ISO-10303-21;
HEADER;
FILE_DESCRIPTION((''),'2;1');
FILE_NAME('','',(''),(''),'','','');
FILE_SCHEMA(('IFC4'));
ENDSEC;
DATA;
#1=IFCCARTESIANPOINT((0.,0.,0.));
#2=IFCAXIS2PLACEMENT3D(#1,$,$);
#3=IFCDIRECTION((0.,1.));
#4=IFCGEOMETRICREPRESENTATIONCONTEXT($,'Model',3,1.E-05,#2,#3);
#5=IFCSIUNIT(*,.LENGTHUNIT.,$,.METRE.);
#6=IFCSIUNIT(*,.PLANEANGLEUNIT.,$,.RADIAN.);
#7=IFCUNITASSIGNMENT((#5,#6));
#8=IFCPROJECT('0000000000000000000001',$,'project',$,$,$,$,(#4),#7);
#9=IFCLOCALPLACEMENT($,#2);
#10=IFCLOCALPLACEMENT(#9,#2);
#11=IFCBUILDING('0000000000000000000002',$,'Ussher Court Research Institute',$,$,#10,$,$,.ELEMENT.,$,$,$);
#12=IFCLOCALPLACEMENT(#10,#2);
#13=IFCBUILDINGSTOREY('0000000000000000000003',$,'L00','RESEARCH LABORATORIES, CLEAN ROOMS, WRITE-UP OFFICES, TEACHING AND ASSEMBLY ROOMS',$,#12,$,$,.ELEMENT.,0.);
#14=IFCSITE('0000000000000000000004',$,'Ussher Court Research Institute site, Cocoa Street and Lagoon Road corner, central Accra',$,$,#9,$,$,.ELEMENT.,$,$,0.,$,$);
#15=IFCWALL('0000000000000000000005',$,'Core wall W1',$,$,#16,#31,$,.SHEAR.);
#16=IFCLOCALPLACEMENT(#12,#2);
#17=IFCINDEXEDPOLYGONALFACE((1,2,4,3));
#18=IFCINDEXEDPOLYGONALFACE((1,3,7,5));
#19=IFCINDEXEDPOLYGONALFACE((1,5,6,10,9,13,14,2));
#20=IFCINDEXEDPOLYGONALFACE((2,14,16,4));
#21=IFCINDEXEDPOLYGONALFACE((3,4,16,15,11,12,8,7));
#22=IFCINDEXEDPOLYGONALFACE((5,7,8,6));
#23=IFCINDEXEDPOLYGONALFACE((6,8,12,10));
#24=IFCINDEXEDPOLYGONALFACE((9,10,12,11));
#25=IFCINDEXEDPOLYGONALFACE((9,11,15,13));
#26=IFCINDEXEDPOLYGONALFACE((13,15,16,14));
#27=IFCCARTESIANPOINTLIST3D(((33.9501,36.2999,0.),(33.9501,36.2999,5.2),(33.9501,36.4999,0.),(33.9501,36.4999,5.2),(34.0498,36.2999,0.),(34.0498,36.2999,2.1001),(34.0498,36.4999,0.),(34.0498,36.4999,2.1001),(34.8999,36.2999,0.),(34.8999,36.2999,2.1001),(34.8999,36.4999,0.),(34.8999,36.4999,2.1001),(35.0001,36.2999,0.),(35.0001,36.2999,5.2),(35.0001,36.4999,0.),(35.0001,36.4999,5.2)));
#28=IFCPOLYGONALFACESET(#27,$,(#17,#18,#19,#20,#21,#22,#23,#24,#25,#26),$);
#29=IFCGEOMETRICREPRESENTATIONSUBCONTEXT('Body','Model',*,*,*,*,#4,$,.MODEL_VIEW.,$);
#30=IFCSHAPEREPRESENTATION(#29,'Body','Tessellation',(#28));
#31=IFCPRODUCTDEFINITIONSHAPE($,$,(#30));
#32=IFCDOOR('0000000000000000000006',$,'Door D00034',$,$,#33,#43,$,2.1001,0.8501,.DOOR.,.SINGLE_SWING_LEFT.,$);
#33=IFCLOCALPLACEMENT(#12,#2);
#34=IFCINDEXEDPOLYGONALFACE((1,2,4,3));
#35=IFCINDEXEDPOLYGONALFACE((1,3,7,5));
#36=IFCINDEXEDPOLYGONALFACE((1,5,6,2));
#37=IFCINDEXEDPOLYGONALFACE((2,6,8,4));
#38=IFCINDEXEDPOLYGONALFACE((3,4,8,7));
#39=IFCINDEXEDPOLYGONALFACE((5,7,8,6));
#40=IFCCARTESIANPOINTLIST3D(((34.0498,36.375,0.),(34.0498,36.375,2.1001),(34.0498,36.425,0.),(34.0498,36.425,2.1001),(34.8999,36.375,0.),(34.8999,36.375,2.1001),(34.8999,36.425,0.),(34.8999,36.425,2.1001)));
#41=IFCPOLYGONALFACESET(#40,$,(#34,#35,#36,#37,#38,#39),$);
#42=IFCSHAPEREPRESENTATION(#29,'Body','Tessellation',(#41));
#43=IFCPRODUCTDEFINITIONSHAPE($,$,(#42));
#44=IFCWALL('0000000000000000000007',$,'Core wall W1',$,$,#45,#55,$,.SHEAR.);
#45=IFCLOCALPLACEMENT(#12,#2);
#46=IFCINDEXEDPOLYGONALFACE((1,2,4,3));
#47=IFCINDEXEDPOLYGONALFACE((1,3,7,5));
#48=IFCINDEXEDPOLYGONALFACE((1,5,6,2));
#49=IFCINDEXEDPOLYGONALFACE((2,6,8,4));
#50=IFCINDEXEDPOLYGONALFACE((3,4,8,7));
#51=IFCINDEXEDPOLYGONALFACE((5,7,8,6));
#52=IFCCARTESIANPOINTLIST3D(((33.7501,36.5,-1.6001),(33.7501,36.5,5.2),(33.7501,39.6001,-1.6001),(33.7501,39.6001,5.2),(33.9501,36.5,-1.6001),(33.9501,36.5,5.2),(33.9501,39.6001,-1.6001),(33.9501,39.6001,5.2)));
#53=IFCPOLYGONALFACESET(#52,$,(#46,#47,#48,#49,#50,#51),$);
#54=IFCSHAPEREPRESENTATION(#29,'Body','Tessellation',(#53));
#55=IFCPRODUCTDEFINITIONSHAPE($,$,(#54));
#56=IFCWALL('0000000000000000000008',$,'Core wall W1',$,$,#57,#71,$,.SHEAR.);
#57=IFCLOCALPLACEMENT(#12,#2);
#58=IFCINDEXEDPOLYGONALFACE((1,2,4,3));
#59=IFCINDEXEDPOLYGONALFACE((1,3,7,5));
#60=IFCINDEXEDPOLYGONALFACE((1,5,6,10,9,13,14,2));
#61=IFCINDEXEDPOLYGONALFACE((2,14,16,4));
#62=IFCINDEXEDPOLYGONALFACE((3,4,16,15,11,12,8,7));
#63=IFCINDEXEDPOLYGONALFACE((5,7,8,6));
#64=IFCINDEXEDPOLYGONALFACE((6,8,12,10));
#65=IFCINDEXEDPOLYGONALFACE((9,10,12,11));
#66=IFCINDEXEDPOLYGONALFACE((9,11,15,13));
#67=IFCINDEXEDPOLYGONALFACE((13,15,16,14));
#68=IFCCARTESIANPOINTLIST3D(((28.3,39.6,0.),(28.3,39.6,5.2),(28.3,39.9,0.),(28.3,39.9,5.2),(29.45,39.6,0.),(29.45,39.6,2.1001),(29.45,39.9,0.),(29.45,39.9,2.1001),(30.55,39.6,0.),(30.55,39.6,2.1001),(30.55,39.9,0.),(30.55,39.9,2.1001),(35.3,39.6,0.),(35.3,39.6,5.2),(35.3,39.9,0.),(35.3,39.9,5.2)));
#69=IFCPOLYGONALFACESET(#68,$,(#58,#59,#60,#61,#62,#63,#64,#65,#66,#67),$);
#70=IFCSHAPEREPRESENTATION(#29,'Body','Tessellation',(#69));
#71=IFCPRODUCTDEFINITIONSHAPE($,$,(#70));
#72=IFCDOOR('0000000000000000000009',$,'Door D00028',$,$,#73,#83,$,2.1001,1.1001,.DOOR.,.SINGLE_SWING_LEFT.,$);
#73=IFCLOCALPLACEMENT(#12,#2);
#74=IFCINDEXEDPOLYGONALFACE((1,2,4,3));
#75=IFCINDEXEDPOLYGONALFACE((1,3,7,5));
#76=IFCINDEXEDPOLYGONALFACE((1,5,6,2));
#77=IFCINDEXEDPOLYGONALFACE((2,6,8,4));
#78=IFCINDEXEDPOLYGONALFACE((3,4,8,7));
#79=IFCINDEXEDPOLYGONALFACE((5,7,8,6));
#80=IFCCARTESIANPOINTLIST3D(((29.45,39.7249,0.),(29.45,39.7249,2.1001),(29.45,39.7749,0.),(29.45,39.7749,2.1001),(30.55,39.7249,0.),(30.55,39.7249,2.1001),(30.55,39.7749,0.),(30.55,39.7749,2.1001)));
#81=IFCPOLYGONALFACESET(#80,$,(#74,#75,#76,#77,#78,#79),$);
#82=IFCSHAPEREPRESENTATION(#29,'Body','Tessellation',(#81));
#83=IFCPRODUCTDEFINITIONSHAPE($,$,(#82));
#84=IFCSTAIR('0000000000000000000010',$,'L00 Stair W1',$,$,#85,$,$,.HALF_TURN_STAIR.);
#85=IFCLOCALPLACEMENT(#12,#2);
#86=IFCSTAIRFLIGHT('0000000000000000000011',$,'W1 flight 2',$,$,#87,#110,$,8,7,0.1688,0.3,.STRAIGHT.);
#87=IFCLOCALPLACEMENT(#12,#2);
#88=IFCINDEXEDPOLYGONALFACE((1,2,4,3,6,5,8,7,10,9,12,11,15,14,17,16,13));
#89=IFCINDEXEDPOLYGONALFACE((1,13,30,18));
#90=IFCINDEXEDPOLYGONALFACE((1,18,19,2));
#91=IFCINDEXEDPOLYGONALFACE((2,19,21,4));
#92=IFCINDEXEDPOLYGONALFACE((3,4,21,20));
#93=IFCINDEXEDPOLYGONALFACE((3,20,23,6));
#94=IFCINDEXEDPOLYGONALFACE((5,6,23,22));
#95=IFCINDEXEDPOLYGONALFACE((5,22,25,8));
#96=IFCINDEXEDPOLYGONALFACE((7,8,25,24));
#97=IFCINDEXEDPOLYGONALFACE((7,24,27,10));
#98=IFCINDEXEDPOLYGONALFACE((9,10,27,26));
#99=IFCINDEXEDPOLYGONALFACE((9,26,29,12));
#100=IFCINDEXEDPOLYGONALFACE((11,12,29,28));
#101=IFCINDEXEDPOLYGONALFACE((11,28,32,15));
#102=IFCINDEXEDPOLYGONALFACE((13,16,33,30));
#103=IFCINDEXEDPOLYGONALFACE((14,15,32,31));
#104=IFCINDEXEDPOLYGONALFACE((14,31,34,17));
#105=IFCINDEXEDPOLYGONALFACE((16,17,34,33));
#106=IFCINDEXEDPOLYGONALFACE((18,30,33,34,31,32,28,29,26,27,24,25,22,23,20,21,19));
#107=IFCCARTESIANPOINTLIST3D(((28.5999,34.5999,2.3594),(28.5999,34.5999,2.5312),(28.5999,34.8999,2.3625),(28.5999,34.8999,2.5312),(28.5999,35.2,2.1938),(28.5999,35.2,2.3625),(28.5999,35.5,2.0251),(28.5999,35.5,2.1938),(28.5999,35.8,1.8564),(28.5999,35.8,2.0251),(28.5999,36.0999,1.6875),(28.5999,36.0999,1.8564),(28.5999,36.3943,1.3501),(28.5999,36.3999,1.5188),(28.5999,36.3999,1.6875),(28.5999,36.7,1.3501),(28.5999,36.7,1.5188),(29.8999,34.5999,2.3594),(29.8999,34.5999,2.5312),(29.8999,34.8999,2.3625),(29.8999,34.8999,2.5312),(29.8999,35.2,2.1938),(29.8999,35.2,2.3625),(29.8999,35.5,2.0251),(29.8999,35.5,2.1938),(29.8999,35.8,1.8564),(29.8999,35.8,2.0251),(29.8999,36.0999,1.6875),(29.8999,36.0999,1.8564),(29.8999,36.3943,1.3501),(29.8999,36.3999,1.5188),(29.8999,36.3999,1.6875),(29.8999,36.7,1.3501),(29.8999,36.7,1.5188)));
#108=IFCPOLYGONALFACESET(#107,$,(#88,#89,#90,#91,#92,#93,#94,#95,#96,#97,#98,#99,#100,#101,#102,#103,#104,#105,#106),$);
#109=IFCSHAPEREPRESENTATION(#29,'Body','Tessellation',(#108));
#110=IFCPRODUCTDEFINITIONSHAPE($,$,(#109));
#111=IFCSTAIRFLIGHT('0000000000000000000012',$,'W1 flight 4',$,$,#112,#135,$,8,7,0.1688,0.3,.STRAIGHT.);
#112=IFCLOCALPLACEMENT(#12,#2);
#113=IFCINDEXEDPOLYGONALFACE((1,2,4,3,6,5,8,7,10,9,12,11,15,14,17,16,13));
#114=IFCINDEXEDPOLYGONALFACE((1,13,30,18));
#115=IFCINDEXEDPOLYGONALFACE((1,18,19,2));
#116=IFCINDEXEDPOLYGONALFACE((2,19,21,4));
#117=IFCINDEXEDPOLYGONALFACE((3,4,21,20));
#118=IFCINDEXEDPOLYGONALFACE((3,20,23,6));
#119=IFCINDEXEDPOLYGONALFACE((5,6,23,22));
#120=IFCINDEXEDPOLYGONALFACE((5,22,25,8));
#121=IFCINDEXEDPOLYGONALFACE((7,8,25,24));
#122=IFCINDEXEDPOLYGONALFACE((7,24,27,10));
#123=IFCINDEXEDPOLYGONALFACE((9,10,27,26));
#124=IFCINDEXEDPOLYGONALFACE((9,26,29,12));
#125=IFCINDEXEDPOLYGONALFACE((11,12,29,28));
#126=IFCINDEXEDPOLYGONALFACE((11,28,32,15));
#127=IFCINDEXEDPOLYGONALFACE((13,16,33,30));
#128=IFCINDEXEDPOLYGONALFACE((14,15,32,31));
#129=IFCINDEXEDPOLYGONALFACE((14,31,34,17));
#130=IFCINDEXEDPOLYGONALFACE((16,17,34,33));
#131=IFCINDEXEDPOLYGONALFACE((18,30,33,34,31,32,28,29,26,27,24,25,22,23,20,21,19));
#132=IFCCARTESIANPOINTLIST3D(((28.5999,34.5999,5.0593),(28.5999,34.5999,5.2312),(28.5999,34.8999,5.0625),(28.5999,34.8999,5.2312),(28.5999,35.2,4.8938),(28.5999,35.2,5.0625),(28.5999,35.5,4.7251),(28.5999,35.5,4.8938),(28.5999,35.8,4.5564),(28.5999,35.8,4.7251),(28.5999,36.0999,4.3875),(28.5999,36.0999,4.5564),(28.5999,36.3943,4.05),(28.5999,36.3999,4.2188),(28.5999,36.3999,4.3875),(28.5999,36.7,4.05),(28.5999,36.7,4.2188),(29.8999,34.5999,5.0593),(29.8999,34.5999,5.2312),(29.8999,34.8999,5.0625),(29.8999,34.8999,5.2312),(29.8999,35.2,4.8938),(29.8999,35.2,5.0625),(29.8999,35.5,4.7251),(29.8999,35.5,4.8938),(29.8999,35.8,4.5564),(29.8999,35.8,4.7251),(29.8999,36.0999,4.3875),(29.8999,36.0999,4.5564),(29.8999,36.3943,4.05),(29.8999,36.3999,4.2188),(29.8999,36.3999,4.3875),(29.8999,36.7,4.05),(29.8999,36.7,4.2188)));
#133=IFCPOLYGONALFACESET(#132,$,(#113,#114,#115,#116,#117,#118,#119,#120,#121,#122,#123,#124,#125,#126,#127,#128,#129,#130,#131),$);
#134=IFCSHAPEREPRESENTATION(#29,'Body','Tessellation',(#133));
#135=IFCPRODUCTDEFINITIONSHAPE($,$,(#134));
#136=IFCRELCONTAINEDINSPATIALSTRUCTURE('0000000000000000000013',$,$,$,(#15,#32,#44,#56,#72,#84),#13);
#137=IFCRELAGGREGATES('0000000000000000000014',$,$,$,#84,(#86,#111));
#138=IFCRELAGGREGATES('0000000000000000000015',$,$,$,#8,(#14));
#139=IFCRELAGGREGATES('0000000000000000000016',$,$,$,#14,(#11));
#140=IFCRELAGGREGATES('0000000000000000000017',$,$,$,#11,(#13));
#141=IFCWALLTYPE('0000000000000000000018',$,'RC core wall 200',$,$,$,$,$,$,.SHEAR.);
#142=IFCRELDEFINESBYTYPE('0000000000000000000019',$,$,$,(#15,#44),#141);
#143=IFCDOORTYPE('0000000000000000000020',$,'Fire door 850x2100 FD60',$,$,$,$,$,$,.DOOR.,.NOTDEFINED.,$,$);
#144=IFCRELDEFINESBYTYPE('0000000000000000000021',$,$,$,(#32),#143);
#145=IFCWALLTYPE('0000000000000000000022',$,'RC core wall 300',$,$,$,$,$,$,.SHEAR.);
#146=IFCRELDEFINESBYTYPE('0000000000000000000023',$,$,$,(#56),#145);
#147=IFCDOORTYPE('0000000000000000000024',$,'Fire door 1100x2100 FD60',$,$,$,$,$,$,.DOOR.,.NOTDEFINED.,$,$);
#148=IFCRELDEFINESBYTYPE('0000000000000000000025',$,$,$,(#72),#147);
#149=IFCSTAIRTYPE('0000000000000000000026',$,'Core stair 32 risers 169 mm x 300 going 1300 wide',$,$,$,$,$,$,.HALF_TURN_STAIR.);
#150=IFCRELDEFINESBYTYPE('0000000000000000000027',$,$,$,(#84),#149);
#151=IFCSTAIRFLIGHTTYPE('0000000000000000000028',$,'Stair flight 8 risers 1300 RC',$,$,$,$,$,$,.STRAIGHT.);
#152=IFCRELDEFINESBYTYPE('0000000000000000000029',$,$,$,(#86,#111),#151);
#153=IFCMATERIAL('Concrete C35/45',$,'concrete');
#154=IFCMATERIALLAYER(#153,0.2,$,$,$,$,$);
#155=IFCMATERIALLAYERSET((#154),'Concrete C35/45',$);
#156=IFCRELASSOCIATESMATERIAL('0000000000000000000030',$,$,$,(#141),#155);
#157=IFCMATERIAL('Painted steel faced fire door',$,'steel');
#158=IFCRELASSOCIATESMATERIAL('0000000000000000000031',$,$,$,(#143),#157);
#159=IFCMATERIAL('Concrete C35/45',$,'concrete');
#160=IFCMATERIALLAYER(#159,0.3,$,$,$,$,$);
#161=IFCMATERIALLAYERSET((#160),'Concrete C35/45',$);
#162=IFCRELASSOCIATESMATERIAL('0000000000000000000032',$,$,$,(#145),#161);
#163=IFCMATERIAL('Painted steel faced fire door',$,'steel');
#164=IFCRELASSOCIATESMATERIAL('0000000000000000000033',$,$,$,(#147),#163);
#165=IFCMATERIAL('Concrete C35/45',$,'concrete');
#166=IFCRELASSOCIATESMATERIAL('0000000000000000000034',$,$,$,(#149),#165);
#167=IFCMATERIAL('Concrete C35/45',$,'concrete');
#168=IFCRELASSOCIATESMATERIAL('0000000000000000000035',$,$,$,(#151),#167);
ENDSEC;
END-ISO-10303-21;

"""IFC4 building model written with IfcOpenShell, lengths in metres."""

from ifc_helpers import new_model, si_unit, direction, frame, frame_2d, origin, place, context, subcontext, project, spatial, polyline, rectangle, outline, extrude, material, layer, layer_set, type_object, element, fill, aggregate, save


model = new_model("IFC4")

# Units and contexts
model_context = context("Model", 3, precision=1e-05, world=origin(), true_north=direction((0.0, 1.0)))
body_context = subcontext(model_context, "Body", "Model", "MODEL_VIEW")
ifc_project = project(units=[si_unit("LENGTHUNIT", "METRE"), si_unit("PLANEANGLEUNIT", "RADIAN")], contexts=[model_context])

# Site, building, storey
site_placement = place(None, origin())
site = spatial("IfcSite", under=ifc_project, at=site_placement, Name="Ussher Court Research Institute site, Cocoa Street and Lagoon Road corner, central Accra", CompositionType="ELEMENT", RefElevation=0.0)
building_placement = place(site_placement, origin())
building = spatial("IfcBuilding", under=site, at=building_placement, Name="Ussher Court Research Institute", CompositionType="ELEMENT")
storey_placement = place(building_placement, origin())
storey = spatial("IfcBuildingStorey", under=building, at=storey_placement, Name="L00", Description="RESEARCH LABORATORIES, CLEAN ROOMS, WRITE-UP OFFICES, TEACHING AND ASSEMBLY ROOMS", CompositionType="ELEMENT", Elevation=0.0)

# Shared definitions
ifc_material_1 = material(Name="Concrete C35/45", Category="concrete")
ifc_layer_1 = layer(ifc_material_1, 0.2)
ifc_layer_set_1 = layer_set([ifc_layer_1], Name="Concrete C35/45")
wall_type_1 = type_object("IfcWallType", Name="RC core wall 200", PredefinedType="SHEAR", material=ifc_layer_set_1)

# Wall, opening, door
wall_1_placement = place(storey_placement, frame((35.0, 36.3999, 0.0), z_axis=(0.0, 0.0, 1.0), x_axis=(-1.0, 0.0, 0.0)))
wall_1 = element("IfcWall", 1, at=wall_1_placement, inside=storey, type_object=wall_type_1, Name="Core wall W1", PredefinedType="SHEAR", context=body_context, shape_type="SweptSolid", body=[
    extrude(rectangle(XDim=1.05, YDim=0.2, at=frame_2d((0.5249, 0.0))), origin(), (0.0, 0.0, 1.0), 5.2),
])
opening_1_placement = place(wall_1_placement, frame((0.1001, 0.0, 0.0)))
opening_1 = element("IfcOpeningElement", 2, at=opening_1_placement, cuts=wall_1, PredefinedType="OPENING", context=body_context, shape_type="SweptSolid", body=[
    extrude(rectangle(XDim=0.8501, YDim=2.1001, at=frame_2d((0.425, 1.05))), frame((0.0, 0.1099, 0.0), z_axis=(0.0, -1.0, 0.0), x_axis=(1.0, 0.0, 0.0)), (0.0, 0.0, 1.0), 0.22),
])
ifc_material_2 = material(Name="Painted steel faced fire door", Category="steel")
door_type_1 = type_object("IfcDoorType", Name="Fire door 850x2100 FD60", OperationType="NOTDEFINED", PredefinedType="DOOR", material=ifc_material_2)
door_1_placement = place(opening_1_placement, origin())
door_1 = element("IfcDoor", 3, at=door_1_placement, inside=storey, type_object=door_type_1, Name="Door D00034", OperationType="SINGLE_SWING_LEFT", OverallHeight=2.1001, OverallWidth=0.8501, PredefinedType="DOOR", context=body_context, shape_type="SweptSolid", body=[
    extrude(rectangle(XDim=0.8501, YDim=2.1001, at=frame_2d((0.425, 1.05))), frame((0.0, 0.0249, 0.0), z_axis=(0.0, -1.0, 0.0), x_axis=(1.0, 0.0, 0.0)), (0.0, 0.0, 1.0), 0.05),
])
fill(opening_1, door_1)

# Wall
wall_2_placement = place(storey_placement, frame((33.8501, 36.5, -1.6001), z_axis=(0.0, 0.0, 1.0), x_axis=(0.0, 1.0, 0.0)))
element("IfcWall", 4, at=wall_2_placement, inside=storey, type_object=wall_type_1, Name="Core wall W1", PredefinedType="SHEAR", context=body_context, shape_type="SweptSolid", body=[
    extrude(rectangle(XDim=3.1001, YDim=0.2, at=frame_2d((1.55, 0.0))), origin(), (0.0, 0.0, 1.0), 6.8),
])

# Wall, opening, door
ifc_material_3 = material(Name="Concrete C35/45", Category="concrete")
ifc_layer_2 = layer(ifc_material_3, 0.3)
ifc_layer_set_2 = layer_set([ifc_layer_2], Name="Concrete C35/45")
wall_type_2 = type_object("IfcWallType", Name="RC core wall 300", PredefinedType="SHEAR", material=ifc_layer_set_2)
wall_3_placement = place(storey_placement, frame((28.3, 39.75, 0.0), z_axis=(0.0, 0.0, 1.0), x_axis=(1.0, 0.0, 0.0)))
wall_3 = element("IfcWall", 5, at=wall_3_placement, inside=storey, type_object=wall_type_2, Name="Core wall W1", PredefinedType="SHEAR", context=body_context, shape_type="SweptSolid", body=[
    extrude(rectangle(XDim=7.0, YDim=0.3, at=frame_2d((3.5, 0.0))), origin(), (0.0, 0.0, 1.0), 5.2),
])
opening_2_placement = place(wall_3_placement, frame((1.1499, 0.0, 0.0)))
opening_2 = element("IfcOpeningElement", 6, at=opening_2_placement, cuts=wall_3, PredefinedType="OPENING", context=body_context, shape_type="SweptSolid", body=[
    extrude(rectangle(XDim=1.1001, YDim=2.1001, at=frame_2d((0.55, 1.05))), frame((0.0, 0.1602, 0.0), z_axis=(0.0, -1.0, 0.0), x_axis=(1.0, 0.0, 0.0)), (0.0, 0.0, 1.0), 0.3201),
])
ifc_material_4 = material(Name="Painted steel faced fire door", Category="steel")
door_type_2 = type_object("IfcDoorType", Name="Fire door 1100x2100 FD60", OperationType="NOTDEFINED", PredefinedType="DOOR", material=ifc_material_4)
door_2_placement = place(opening_2_placement, origin())
door_2 = element("IfcDoor", 7, at=door_2_placement, inside=storey, type_object=door_type_2, Name="Door D00028", OperationType="SINGLE_SWING_LEFT", OverallHeight=2.1001, OverallWidth=1.1001, PredefinedType="DOOR", context=body_context, shape_type="SweptSolid", body=[
    extrude(rectangle(XDim=1.1001, YDim=2.1001, at=frame_2d((0.55, 1.05))), frame((0.0, 0.0249, 0.0), z_axis=(0.0, -1.0, 0.0), x_axis=(1.0, 0.0, 0.0)), (0.0, 0.0, 1.0), 0.05),
])
fill(opening_2, door_2)

# Stair, stair flights
ifc_material_5 = material(Name="Concrete C35/45", Category="concrete")
stair_type = type_object("IfcStairType", Name="Core stair 32 risers 169 mm x 300 going 1300 wide", PredefinedType="HALF_TURN_STAIR", material=ifc_material_5)
stair_placement = place(storey_placement, origin())
stair = element("IfcStair", 8, at=stair_placement, inside=storey, type_object=stair_type, Name="L00 Stair W1", PredefinedType="HALF_TURN_STAIR")
ifc_material_6 = material(Name="Concrete C35/45", Category="concrete")
stair_flight_type = type_object("IfcStairFlightType", Name="Stair flight 8 risers 1300 RC", PredefinedType="STRAIGHT", material=ifc_material_6)
stair_flight_1_placement = place(storey_placement, frame((29.25, 36.7, 1.3501), z_axis=(0.0, 0.0, 1.0), x_axis=(0.0, -1.0, 0.0)))
stair_flight_1 = element("IfcStairFlight", 9, at=stair_flight_1_placement, type_object=stair_flight_type, Name="W1 flight 2", NumberOfRisers=8, NumberOfTreads=7, PredefinedType="STRAIGHT", RiserHeight=0.1688, TreadLength=0.3, context=body_context, shape_type="SweptSolid", body=[
    extrude(outline(polyline([(0.0, 0.0), (0.0, 0.1687), (0.3, 0.1687), (0.3, 0.3374), (0.6001, 0.3374), (0.6001, 0.5063), (0.8999, 0.5063), (0.8999, 0.675), (1.2, 0.675), (1.2, 0.8438), (1.5, 0.8438), (1.5, 1.0125), (1.8, 1.0125), (1.8, 1.1812), (2.1001, 1.1812), (2.1001, 1.3501), (2.1001, 1.0093), (0.3057, 0.0), (0.0, 0.0)])), frame((0.0, 0.6499, 0.0), z_axis=(0.0, -1.0, 0.0), x_axis=(1.0, 0.0, 0.0)), (0.0, 0.0, 1.0), 1.3),
])
stair_flight_2_placement = place(storey_placement, frame((29.25, 36.7, 4.05), z_axis=(0.0, 0.0, 1.0), x_axis=(0.0, -1.0, 0.0)))
stair_flight_2 = element("IfcStairFlight", 10, at=stair_flight_2_placement, type_object=stair_flight_type, Name="W1 flight 4", NumberOfRisers=8, NumberOfTreads=7, PredefinedType="STRAIGHT", RiserHeight=0.1688, TreadLength=0.3, context=body_context, shape_type="SweptSolid", body=[
    extrude(outline(polyline([(0.0, 0.0), (0.0, 0.1687), (0.3, 0.1687), (0.3, 0.3374), (0.6001, 0.3374), (0.6001, 0.5063), (0.8999, 0.5063), (0.8999, 0.675), (1.2, 0.675), (1.2, 0.8438), (1.5, 0.8438), (1.5, 1.0125), (1.8, 1.0125), (1.8, 1.1812), (2.1001, 1.1812), (2.1001, 1.3501), (2.1001, 1.0093), (0.3057, 0.0), (0.0, 0.0)])), frame((0.0, 0.6499, 0.0), z_axis=(0.0, -1.0, 0.0), x_axis=(1.0, 0.0, 0.0)), (0.0, 0.0, 1.0), 1.3),
])
aggregate(stair, [stair_flight_1, stair_flight_2])

save(model, "model.ifc")
